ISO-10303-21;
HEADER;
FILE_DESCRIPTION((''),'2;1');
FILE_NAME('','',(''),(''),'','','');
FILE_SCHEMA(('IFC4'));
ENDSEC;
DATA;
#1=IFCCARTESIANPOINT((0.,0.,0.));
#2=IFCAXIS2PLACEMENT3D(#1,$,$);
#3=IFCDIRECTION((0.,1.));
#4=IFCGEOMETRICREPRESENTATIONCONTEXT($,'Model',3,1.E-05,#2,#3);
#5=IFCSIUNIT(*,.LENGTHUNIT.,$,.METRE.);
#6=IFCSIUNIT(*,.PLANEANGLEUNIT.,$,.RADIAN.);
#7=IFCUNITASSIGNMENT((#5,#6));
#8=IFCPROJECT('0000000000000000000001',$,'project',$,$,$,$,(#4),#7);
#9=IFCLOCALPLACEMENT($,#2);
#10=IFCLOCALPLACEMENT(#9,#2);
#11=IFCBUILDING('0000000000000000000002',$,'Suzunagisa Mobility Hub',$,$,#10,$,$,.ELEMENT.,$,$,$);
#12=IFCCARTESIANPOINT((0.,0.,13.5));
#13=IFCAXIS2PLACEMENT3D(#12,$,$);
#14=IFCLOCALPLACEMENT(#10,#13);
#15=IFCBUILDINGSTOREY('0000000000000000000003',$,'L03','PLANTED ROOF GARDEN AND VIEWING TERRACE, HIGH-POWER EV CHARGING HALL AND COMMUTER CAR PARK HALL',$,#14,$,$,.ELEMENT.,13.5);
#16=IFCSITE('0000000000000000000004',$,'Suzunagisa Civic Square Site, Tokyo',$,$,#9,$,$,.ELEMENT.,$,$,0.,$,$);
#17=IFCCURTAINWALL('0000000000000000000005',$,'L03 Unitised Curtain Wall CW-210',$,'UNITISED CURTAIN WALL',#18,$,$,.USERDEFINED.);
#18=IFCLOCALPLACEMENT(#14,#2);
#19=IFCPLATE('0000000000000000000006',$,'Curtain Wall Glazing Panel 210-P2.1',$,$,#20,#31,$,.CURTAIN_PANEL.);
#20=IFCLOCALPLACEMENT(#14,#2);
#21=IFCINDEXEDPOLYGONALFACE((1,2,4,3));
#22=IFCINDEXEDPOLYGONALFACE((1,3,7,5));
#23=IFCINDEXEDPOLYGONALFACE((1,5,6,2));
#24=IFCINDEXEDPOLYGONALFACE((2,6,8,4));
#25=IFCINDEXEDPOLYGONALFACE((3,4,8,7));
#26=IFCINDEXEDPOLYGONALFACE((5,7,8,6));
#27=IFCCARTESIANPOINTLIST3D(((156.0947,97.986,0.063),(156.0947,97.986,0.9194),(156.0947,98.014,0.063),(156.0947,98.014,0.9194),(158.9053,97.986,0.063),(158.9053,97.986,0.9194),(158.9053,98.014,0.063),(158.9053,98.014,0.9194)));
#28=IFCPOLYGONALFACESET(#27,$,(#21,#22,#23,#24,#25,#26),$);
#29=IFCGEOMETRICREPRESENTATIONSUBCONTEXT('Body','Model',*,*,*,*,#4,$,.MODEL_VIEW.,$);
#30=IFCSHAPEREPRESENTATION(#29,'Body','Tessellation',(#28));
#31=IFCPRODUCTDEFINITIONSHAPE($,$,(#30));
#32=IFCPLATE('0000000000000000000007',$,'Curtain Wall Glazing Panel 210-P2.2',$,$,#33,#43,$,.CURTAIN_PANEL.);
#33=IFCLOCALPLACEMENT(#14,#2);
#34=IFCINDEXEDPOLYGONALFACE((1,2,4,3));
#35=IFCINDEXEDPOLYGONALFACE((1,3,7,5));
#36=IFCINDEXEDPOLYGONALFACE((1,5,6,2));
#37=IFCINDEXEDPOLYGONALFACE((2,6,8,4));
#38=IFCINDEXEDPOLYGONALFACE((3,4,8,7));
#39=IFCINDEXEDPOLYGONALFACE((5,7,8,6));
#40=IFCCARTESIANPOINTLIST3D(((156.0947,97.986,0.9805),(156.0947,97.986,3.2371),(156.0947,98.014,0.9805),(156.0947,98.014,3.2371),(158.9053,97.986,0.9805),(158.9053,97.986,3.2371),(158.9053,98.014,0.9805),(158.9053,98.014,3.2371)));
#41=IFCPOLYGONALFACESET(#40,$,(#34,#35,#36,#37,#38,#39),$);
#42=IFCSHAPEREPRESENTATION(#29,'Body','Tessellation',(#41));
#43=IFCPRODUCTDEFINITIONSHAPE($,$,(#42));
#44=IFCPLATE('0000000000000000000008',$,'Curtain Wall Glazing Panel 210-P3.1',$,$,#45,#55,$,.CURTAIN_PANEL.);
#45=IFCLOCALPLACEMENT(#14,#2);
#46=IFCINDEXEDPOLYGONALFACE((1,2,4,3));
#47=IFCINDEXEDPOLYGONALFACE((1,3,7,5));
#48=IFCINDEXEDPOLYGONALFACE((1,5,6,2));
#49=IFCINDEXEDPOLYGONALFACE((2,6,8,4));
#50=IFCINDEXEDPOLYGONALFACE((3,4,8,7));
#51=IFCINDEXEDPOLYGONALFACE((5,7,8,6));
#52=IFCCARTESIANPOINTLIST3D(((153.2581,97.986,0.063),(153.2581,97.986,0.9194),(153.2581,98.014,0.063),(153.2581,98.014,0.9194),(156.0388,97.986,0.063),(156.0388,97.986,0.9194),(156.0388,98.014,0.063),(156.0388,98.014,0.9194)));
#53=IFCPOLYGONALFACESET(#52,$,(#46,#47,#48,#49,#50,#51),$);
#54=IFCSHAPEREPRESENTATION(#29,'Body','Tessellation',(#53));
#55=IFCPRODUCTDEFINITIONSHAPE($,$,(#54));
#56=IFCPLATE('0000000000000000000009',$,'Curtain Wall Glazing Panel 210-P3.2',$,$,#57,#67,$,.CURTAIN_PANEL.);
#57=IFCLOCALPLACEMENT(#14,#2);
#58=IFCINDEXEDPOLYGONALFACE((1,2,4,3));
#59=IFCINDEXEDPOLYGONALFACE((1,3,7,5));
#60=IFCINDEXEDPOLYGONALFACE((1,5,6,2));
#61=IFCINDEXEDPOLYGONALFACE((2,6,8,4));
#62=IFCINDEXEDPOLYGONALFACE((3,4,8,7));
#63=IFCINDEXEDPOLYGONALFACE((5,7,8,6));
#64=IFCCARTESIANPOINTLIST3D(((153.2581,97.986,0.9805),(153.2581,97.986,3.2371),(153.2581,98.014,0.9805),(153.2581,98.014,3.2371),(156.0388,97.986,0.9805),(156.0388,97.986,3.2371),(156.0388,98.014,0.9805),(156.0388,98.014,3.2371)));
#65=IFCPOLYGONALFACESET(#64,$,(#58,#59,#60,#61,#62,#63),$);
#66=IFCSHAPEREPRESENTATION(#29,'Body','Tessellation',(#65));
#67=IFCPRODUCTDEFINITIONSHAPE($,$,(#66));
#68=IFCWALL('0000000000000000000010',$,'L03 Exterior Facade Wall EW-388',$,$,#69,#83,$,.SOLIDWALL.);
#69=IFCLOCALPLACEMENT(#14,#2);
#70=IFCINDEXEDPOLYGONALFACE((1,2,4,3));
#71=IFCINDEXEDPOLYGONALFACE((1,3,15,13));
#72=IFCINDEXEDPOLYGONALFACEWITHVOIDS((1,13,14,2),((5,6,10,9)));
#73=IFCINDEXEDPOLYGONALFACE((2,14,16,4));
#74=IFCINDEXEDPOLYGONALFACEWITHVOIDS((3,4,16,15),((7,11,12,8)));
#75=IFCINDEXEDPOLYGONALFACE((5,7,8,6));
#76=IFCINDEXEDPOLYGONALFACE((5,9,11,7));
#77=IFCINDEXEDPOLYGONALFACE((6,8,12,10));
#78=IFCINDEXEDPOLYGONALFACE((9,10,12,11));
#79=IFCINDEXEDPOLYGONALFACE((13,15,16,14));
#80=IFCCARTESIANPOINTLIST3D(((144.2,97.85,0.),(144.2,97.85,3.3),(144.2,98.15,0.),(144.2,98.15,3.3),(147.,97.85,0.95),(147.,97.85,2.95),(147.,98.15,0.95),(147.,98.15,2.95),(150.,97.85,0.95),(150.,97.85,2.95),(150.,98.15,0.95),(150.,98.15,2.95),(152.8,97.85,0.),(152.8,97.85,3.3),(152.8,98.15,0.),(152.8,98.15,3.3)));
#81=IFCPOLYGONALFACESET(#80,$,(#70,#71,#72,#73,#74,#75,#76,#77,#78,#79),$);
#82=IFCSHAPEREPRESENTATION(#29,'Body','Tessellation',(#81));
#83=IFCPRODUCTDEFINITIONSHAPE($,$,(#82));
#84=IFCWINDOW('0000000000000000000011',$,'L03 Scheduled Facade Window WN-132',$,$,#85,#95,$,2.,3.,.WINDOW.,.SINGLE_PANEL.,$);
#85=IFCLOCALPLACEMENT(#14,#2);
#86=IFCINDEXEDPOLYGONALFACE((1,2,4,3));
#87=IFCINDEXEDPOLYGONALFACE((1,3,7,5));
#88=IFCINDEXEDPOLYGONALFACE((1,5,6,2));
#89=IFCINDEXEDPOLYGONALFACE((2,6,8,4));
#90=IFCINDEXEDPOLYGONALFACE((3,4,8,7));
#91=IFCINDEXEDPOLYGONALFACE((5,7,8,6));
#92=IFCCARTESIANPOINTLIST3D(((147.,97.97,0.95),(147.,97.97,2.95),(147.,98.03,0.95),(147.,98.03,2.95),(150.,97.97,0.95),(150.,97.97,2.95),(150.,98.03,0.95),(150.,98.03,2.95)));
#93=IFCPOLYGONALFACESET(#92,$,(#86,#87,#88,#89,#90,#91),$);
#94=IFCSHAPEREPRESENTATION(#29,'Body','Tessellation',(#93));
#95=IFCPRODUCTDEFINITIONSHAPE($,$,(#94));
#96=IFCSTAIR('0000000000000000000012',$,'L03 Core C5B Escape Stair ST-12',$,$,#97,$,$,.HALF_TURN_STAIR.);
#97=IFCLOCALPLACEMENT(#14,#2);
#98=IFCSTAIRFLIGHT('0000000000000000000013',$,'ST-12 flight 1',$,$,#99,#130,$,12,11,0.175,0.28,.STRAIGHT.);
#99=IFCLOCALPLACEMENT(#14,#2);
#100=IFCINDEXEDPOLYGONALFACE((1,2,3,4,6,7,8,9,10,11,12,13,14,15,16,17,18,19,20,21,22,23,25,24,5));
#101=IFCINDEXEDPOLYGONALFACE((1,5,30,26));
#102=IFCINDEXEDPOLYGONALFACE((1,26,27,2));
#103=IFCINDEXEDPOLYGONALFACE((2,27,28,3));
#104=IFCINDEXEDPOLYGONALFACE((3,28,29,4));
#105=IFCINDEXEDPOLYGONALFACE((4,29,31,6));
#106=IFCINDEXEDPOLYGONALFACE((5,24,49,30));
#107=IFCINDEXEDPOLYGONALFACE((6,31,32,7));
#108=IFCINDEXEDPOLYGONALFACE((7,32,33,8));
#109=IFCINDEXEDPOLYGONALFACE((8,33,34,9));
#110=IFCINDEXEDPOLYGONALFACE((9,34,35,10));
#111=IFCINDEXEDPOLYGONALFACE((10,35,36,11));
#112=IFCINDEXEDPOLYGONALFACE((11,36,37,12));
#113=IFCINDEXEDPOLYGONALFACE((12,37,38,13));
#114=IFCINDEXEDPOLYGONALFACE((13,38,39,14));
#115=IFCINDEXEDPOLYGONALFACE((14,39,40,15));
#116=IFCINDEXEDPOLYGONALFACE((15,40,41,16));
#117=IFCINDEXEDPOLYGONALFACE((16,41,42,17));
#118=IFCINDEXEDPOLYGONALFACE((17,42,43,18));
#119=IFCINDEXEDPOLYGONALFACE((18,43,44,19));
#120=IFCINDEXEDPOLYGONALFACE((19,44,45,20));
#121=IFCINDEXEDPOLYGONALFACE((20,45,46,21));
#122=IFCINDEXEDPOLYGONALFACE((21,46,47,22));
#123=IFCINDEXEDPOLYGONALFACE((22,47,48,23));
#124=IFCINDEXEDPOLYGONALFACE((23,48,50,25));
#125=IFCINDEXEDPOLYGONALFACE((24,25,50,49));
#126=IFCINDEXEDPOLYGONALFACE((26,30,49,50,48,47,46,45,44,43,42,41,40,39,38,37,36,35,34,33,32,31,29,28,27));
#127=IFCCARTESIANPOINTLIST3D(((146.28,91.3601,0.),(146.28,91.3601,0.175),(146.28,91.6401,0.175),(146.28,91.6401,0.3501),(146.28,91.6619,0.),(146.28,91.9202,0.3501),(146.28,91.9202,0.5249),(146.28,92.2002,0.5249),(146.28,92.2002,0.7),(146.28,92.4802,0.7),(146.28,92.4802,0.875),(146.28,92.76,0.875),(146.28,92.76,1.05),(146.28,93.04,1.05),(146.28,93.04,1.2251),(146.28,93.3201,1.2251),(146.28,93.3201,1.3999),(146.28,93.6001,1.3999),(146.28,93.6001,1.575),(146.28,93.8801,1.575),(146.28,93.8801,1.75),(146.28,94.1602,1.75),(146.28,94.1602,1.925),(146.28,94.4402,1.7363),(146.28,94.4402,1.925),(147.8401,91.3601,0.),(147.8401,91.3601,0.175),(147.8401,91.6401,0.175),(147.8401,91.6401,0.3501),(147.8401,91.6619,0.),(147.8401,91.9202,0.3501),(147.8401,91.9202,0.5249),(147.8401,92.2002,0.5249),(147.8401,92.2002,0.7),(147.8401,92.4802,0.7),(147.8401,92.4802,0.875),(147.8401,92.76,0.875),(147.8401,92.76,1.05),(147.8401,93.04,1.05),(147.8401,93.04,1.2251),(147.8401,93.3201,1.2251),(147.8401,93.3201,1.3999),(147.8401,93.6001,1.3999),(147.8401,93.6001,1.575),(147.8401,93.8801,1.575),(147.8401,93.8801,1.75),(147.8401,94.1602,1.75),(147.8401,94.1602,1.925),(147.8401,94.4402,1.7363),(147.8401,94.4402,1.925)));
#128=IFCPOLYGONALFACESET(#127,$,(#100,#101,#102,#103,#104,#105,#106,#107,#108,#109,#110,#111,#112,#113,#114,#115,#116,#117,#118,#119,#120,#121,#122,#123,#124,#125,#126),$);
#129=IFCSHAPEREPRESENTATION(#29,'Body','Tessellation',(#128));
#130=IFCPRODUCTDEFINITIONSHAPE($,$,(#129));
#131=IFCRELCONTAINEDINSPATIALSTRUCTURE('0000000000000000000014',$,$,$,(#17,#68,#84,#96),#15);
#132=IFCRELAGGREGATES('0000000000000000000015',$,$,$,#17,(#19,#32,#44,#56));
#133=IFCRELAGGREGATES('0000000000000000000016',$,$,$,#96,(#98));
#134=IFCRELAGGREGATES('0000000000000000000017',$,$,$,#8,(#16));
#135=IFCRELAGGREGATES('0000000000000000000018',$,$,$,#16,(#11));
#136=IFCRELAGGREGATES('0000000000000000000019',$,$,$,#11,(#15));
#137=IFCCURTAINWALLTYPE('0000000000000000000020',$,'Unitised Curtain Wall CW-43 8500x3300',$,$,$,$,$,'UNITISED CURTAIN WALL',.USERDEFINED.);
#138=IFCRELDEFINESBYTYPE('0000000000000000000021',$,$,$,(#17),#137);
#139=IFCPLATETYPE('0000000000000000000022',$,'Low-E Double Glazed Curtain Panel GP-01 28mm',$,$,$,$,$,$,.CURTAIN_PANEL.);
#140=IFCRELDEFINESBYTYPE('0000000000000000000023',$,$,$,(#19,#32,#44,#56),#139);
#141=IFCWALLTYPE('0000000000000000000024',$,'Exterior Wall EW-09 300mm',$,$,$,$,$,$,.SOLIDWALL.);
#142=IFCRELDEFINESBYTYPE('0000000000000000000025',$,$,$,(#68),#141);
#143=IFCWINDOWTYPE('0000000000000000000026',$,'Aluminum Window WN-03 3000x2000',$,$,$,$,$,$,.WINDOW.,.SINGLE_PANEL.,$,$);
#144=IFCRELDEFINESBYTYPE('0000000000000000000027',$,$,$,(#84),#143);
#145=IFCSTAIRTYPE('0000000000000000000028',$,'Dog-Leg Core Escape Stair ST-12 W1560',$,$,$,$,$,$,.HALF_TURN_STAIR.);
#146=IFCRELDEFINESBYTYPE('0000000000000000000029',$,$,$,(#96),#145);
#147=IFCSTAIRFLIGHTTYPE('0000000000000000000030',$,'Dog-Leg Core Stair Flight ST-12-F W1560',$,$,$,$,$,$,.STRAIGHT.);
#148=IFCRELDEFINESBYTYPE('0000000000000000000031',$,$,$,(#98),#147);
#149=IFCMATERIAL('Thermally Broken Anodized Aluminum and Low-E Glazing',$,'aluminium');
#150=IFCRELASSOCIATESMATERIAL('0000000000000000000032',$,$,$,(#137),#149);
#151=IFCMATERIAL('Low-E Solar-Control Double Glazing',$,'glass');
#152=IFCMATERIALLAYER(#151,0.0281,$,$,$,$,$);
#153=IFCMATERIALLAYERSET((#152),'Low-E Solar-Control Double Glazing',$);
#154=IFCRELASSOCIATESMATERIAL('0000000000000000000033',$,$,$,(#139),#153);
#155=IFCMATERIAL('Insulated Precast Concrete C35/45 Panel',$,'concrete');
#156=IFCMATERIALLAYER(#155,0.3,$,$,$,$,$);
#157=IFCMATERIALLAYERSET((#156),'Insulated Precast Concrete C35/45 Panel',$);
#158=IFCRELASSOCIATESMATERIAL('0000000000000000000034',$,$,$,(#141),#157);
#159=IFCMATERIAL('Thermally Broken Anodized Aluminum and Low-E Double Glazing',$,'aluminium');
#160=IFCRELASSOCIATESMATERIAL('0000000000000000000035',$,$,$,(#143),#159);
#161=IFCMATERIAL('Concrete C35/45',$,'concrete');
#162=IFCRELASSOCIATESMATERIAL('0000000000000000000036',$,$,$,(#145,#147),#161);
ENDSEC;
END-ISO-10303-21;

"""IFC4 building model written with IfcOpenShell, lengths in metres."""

from ifc_helpers import new_model, si_unit, direction, frame, frame_2d, origin, origin_2d, place, context, subcontext, project, spatial, polyline, rectangle, outline, extrude, material, layer, layer_set, type_object, element, fill, aggregate, save


model = new_model("IFC4")

# Units and contexts
model_context = context("Model", 3, precision=1e-05, world=origin(), true_north=direction((0.0, 1.0)))
body_context = subcontext(model_context, "Body", "Model", "MODEL_VIEW")
ifc_project = project(units=[si_unit("LENGTHUNIT", "METRE"), si_unit("PLANEANGLEUNIT", "RADIAN")], contexts=[model_context])

# Site, building, storey
site_placement = place(None, origin())
site = spatial("IfcSite", under=ifc_project, at=site_placement, Name="Suzunagisa Civic Square Site, Tokyo", CompositionType="ELEMENT", RefElevation=0.0)
building_placement = place(site_placement, origin())
building = spatial("IfcBuilding", under=site, at=building_placement, Name="Suzunagisa Mobility Hub", CompositionType="ELEMENT")
storey_placement = place(building_placement, frame((0.0, 0.0, 13.5)))
storey = spatial("IfcBuildingStorey", under=building, at=storey_placement, Name="L03", Description="PLANTED ROOF GARDEN AND VIEWING TERRACE, HIGH-POWER EV CHARGING HALL AND COMMUTER CAR PARK HALL", CompositionType="ELEMENT", Elevation=13.5)

# Curtain wall
ifc_material_1 = material(Name="Thermally Broken Anodized Aluminum and Low-E Glazing", Category="aluminium")
curtain_wall_type = type_object("IfcCurtainWallType", Name="Unitised Curtain Wall CW-43 8500x3300", ElementType="UNITISED CURTAIN WALL", PredefinedType="USERDEFINED", material=ifc_material_1)
curtain_wall_placement = place(storey_placement, origin())
curtain_wall = element("IfcCurtainWall", 1, at=curtain_wall_placement, inside=storey, type_object=curtain_wall_type, Name="L03 Unitised Curtain Wall CW-210", ObjectType="UNITISED CURTAIN WALL", PredefinedType="USERDEFINED")

# Plates
ifc_material_2 = material(Name="Low-E Solar-Control Double Glazing", Category="glass")
ifc_layer_1 = layer(ifc_material_2, 0.0281)
ifc_layer_set_1 = layer_set([ifc_layer_1], Name="Low-E Solar-Control Double Glazing")
plate_type = type_object("IfcPlateType", Name="Low-E Double Glazed Curtain Panel GP-01 28mm", PredefinedType="CURTAIN_PANEL", material=ifc_layer_set_1)
plate_1_placement = place(storey_placement, frame((157.5, 98.0, 0.063), z_axis=(0.0, 0.0, 1.0), x_axis=(-1.0, 0.0, 0.0)))
plate_1 = element("IfcPlate", 2, at=plate_1_placement, type_object=plate_type, Name="Curtain Wall Glazing Panel 210-P2.1", PredefinedType="CURTAIN_PANEL", context=body_context, shape_type="SweptSolid", body=[
    extrude(rectangle(XDim=2.8105, YDim=0.0281, at=origin_2d()), origin(), (0.0, 0.0, 1.0), 0.8564),
])
plate_2_placement = place(storey_placement, frame((157.5, 98.0, 0.9805), z_axis=(0.0, 0.0, 1.0), x_axis=(-1.0, 0.0, 0.0)))
plate_2 = element("IfcPlate", 3, at=plate_2_placement, type_object=plate_type, Name="Curtain Wall Glazing Panel 210-P2.2", PredefinedType="CURTAIN_PANEL", context=body_context, shape_type="SweptSolid", body=[
    extrude(rectangle(XDim=2.8105, YDim=0.0281, at=origin_2d()), origin(), (0.0, 0.0, 1.0), 2.2566),
])
plate_3_placement = place(storey_placement, frame((154.6484, 98.0, 0.063), z_axis=(0.0, 0.0, 1.0), x_axis=(-1.0, 0.0, 0.0)))
plate_3 = element("IfcPlate", 4, at=plate_3_placement, type_object=plate_type, Name="Curtain Wall Glazing Panel 210-P3.1", PredefinedType="CURTAIN_PANEL", context=body_context, shape_type="SweptSolid", body=[
    extrude(rectangle(XDim=2.7808, YDim=0.0281, at=origin_2d()), origin(), (0.0, 0.0, 1.0), 0.8564),
])
plate_4_placement = place(storey_placement, frame((154.6484, 98.0, 0.9805), z_axis=(0.0, 0.0, 1.0), x_axis=(-1.0, 0.0, 0.0)))
plate_4 = element("IfcPlate", 5, at=plate_4_placement, type_object=plate_type, Name="Curtain Wall Glazing Panel 210-P3.2", PredefinedType="CURTAIN_PANEL", context=body_context, shape_type="SweptSolid", body=[
    extrude(rectangle(XDim=2.7808, YDim=0.0281, at=origin_2d()), origin(), (0.0, 0.0, 1.0), 2.2566),
])
aggregate(curtain_wall, [plate_1, plate_2, plate_3, plate_4])

# Wall, opening, window
ifc_material_3 = material(Name="Insulated Precast Concrete C35/45 Panel", Category="concrete")
ifc_layer_2 = layer(ifc_material_3, 0.3)
ifc_layer_set_2 = layer_set([ifc_layer_2], Name="Insulated Precast Concrete C35/45 Panel")
wall_type_1 = type_object("IfcWallType", Name="Exterior Wall EW-09 300mm", PredefinedType="SOLIDWALL", material=ifc_layer_set_2)
wall_1_placement = place(storey_placement, frame((152.8, 98.0, 0.0), z_axis=(0.0, 0.0, 1.0), x_axis=(-1.0, 0.0, 0.0)))
wall_1 = element("IfcWall", 6, at=wall_1_placement, inside=storey, type_object=wall_type_1, Name="L03 Exterior Facade Wall EW-388", PredefinedType="SOLIDWALL", context=body_context, shape_type="SweptSolid", body=[
    extrude(rectangle(XDim=8.6001, YDim=0.3, at=frame_2d((4.3, 0.0))), origin(), (0.0, 0.0, 1.0), 3.3),
])
opening_1_placement = place(wall_1_placement, frame((2.8, 0.0, 0.95)))
opening_1 = element("IfcOpeningElement", 7, at=opening_1_placement, cuts=wall_1, PredefinedType="OPENING", context=body_context, shape_type="SweptSolid", body=[
    extrude(rectangle(XDim=3.0, YDim=2.0, at=frame_2d((1.5, 1.0))), frame((0.0, 0.1611, 0.0), z_axis=(0.0, -1.0, 0.0), x_axis=(1.0, 0.0, 0.0)), (0.0, 0.0, 1.0), 0.322),
])
ifc_material_4 = material(Name="Thermally Broken Anodized Aluminum and Low-E Double Glazing", Category="aluminium")
window_type = type_object("IfcWindowType", Name="Aluminum Window WN-03 3000x2000", PartitioningType="SINGLE_PANEL", PredefinedType="WINDOW", material=ifc_material_4)
window_placement = place(opening_1_placement, origin())
window = element("IfcWindow", 8, at=window_placement, inside=storey, type_object=window_type, Name="L03 Scheduled Facade Window WN-132", OverallHeight=2.0, OverallWidth=3.0, PartitioningType="SINGLE_PANEL", PredefinedType="WINDOW", context=body_context, shape_type="SweptSolid", body=[
    extrude(rectangle(XDim=3.0, YDim=2.0, at=frame_2d((1.5, 1.0))), frame((0.0, 0.03, 0.0), z_axis=(0.0, -1.0, 0.0), x_axis=(1.0, 0.0, 0.0)), (0.0, 0.0, 1.0), 0.0601),
])
fill(opening_1, window)

# Shared definitions
ifc_material_5 = material(Name="Concrete C35/45", Category="concrete")

# Stair, stair flight
stair_type = type_object("IfcStairType", Name="Dog-Leg Core Escape Stair ST-12 W1560", PredefinedType="HALF_TURN_STAIR", material=ifc_material_5)
stair_placement = place(storey_placement, origin())
stair = element("IfcStair", 9, at=stair_placement, inside=storey, type_object=stair_type, Name="L03 Core C5B Escape Stair ST-12", PredefinedType="HALF_TURN_STAIR")
stair_flight_type = type_object("IfcStairFlightType", Name="Dog-Leg Core Stair Flight ST-12-F W1560", PredefinedType="STRAIGHT", material=ifc_material_5)
stair_flight_placement = place(storey_placement, frame((147.0601, 91.3601, 0.0), z_axis=(0.0, 0.0, 1.0), x_axis=(0.0, 1.0, 0.0)))
stair_flight = element("IfcStairFlight", 10, at=stair_flight_placement, type_object=stair_flight_type, Name="ST-12 flight 1", NumberOfRisers=12, NumberOfTreads=11, PredefinedType="STRAIGHT", RiserHeight=0.175, TreadLength=0.28, context=body_context, shape_type="SweptSolid", body=[
    extrude(outline(polyline([(0.0, 0.0), (0.0, 0.175), (0.28, 0.175), (0.28, 0.3501), (0.5601, 0.3501), (0.5601, 0.5249), (0.8401, 0.5249), (0.8401, 0.7), (1.1201, 0.7), (1.1201, 0.875), (1.3999, 0.875), (1.3999, 1.05), (1.6799, 1.05), (1.6799, 1.2251), (1.96, 1.2251), (1.96, 1.3999), (2.24, 1.3999), (2.24, 1.575), (2.52, 1.575), (2.52, 1.75), (2.8, 1.75), (2.8, 1.925), (3.0801, 1.925), (3.0801, 2.1001), (3.0801, 1.7363), (0.3018, 0.0), (0.0, 0.0)])), frame((0.0, 0.78, 0.0), z_axis=(0.0, -1.0, 0.0), x_axis=(1.0, 0.0, 0.0)), (0.0, 0.0, 1.0), 1.5601),
])
aggregate(stair, [stair_flight])

save(model, "model.ifc")
